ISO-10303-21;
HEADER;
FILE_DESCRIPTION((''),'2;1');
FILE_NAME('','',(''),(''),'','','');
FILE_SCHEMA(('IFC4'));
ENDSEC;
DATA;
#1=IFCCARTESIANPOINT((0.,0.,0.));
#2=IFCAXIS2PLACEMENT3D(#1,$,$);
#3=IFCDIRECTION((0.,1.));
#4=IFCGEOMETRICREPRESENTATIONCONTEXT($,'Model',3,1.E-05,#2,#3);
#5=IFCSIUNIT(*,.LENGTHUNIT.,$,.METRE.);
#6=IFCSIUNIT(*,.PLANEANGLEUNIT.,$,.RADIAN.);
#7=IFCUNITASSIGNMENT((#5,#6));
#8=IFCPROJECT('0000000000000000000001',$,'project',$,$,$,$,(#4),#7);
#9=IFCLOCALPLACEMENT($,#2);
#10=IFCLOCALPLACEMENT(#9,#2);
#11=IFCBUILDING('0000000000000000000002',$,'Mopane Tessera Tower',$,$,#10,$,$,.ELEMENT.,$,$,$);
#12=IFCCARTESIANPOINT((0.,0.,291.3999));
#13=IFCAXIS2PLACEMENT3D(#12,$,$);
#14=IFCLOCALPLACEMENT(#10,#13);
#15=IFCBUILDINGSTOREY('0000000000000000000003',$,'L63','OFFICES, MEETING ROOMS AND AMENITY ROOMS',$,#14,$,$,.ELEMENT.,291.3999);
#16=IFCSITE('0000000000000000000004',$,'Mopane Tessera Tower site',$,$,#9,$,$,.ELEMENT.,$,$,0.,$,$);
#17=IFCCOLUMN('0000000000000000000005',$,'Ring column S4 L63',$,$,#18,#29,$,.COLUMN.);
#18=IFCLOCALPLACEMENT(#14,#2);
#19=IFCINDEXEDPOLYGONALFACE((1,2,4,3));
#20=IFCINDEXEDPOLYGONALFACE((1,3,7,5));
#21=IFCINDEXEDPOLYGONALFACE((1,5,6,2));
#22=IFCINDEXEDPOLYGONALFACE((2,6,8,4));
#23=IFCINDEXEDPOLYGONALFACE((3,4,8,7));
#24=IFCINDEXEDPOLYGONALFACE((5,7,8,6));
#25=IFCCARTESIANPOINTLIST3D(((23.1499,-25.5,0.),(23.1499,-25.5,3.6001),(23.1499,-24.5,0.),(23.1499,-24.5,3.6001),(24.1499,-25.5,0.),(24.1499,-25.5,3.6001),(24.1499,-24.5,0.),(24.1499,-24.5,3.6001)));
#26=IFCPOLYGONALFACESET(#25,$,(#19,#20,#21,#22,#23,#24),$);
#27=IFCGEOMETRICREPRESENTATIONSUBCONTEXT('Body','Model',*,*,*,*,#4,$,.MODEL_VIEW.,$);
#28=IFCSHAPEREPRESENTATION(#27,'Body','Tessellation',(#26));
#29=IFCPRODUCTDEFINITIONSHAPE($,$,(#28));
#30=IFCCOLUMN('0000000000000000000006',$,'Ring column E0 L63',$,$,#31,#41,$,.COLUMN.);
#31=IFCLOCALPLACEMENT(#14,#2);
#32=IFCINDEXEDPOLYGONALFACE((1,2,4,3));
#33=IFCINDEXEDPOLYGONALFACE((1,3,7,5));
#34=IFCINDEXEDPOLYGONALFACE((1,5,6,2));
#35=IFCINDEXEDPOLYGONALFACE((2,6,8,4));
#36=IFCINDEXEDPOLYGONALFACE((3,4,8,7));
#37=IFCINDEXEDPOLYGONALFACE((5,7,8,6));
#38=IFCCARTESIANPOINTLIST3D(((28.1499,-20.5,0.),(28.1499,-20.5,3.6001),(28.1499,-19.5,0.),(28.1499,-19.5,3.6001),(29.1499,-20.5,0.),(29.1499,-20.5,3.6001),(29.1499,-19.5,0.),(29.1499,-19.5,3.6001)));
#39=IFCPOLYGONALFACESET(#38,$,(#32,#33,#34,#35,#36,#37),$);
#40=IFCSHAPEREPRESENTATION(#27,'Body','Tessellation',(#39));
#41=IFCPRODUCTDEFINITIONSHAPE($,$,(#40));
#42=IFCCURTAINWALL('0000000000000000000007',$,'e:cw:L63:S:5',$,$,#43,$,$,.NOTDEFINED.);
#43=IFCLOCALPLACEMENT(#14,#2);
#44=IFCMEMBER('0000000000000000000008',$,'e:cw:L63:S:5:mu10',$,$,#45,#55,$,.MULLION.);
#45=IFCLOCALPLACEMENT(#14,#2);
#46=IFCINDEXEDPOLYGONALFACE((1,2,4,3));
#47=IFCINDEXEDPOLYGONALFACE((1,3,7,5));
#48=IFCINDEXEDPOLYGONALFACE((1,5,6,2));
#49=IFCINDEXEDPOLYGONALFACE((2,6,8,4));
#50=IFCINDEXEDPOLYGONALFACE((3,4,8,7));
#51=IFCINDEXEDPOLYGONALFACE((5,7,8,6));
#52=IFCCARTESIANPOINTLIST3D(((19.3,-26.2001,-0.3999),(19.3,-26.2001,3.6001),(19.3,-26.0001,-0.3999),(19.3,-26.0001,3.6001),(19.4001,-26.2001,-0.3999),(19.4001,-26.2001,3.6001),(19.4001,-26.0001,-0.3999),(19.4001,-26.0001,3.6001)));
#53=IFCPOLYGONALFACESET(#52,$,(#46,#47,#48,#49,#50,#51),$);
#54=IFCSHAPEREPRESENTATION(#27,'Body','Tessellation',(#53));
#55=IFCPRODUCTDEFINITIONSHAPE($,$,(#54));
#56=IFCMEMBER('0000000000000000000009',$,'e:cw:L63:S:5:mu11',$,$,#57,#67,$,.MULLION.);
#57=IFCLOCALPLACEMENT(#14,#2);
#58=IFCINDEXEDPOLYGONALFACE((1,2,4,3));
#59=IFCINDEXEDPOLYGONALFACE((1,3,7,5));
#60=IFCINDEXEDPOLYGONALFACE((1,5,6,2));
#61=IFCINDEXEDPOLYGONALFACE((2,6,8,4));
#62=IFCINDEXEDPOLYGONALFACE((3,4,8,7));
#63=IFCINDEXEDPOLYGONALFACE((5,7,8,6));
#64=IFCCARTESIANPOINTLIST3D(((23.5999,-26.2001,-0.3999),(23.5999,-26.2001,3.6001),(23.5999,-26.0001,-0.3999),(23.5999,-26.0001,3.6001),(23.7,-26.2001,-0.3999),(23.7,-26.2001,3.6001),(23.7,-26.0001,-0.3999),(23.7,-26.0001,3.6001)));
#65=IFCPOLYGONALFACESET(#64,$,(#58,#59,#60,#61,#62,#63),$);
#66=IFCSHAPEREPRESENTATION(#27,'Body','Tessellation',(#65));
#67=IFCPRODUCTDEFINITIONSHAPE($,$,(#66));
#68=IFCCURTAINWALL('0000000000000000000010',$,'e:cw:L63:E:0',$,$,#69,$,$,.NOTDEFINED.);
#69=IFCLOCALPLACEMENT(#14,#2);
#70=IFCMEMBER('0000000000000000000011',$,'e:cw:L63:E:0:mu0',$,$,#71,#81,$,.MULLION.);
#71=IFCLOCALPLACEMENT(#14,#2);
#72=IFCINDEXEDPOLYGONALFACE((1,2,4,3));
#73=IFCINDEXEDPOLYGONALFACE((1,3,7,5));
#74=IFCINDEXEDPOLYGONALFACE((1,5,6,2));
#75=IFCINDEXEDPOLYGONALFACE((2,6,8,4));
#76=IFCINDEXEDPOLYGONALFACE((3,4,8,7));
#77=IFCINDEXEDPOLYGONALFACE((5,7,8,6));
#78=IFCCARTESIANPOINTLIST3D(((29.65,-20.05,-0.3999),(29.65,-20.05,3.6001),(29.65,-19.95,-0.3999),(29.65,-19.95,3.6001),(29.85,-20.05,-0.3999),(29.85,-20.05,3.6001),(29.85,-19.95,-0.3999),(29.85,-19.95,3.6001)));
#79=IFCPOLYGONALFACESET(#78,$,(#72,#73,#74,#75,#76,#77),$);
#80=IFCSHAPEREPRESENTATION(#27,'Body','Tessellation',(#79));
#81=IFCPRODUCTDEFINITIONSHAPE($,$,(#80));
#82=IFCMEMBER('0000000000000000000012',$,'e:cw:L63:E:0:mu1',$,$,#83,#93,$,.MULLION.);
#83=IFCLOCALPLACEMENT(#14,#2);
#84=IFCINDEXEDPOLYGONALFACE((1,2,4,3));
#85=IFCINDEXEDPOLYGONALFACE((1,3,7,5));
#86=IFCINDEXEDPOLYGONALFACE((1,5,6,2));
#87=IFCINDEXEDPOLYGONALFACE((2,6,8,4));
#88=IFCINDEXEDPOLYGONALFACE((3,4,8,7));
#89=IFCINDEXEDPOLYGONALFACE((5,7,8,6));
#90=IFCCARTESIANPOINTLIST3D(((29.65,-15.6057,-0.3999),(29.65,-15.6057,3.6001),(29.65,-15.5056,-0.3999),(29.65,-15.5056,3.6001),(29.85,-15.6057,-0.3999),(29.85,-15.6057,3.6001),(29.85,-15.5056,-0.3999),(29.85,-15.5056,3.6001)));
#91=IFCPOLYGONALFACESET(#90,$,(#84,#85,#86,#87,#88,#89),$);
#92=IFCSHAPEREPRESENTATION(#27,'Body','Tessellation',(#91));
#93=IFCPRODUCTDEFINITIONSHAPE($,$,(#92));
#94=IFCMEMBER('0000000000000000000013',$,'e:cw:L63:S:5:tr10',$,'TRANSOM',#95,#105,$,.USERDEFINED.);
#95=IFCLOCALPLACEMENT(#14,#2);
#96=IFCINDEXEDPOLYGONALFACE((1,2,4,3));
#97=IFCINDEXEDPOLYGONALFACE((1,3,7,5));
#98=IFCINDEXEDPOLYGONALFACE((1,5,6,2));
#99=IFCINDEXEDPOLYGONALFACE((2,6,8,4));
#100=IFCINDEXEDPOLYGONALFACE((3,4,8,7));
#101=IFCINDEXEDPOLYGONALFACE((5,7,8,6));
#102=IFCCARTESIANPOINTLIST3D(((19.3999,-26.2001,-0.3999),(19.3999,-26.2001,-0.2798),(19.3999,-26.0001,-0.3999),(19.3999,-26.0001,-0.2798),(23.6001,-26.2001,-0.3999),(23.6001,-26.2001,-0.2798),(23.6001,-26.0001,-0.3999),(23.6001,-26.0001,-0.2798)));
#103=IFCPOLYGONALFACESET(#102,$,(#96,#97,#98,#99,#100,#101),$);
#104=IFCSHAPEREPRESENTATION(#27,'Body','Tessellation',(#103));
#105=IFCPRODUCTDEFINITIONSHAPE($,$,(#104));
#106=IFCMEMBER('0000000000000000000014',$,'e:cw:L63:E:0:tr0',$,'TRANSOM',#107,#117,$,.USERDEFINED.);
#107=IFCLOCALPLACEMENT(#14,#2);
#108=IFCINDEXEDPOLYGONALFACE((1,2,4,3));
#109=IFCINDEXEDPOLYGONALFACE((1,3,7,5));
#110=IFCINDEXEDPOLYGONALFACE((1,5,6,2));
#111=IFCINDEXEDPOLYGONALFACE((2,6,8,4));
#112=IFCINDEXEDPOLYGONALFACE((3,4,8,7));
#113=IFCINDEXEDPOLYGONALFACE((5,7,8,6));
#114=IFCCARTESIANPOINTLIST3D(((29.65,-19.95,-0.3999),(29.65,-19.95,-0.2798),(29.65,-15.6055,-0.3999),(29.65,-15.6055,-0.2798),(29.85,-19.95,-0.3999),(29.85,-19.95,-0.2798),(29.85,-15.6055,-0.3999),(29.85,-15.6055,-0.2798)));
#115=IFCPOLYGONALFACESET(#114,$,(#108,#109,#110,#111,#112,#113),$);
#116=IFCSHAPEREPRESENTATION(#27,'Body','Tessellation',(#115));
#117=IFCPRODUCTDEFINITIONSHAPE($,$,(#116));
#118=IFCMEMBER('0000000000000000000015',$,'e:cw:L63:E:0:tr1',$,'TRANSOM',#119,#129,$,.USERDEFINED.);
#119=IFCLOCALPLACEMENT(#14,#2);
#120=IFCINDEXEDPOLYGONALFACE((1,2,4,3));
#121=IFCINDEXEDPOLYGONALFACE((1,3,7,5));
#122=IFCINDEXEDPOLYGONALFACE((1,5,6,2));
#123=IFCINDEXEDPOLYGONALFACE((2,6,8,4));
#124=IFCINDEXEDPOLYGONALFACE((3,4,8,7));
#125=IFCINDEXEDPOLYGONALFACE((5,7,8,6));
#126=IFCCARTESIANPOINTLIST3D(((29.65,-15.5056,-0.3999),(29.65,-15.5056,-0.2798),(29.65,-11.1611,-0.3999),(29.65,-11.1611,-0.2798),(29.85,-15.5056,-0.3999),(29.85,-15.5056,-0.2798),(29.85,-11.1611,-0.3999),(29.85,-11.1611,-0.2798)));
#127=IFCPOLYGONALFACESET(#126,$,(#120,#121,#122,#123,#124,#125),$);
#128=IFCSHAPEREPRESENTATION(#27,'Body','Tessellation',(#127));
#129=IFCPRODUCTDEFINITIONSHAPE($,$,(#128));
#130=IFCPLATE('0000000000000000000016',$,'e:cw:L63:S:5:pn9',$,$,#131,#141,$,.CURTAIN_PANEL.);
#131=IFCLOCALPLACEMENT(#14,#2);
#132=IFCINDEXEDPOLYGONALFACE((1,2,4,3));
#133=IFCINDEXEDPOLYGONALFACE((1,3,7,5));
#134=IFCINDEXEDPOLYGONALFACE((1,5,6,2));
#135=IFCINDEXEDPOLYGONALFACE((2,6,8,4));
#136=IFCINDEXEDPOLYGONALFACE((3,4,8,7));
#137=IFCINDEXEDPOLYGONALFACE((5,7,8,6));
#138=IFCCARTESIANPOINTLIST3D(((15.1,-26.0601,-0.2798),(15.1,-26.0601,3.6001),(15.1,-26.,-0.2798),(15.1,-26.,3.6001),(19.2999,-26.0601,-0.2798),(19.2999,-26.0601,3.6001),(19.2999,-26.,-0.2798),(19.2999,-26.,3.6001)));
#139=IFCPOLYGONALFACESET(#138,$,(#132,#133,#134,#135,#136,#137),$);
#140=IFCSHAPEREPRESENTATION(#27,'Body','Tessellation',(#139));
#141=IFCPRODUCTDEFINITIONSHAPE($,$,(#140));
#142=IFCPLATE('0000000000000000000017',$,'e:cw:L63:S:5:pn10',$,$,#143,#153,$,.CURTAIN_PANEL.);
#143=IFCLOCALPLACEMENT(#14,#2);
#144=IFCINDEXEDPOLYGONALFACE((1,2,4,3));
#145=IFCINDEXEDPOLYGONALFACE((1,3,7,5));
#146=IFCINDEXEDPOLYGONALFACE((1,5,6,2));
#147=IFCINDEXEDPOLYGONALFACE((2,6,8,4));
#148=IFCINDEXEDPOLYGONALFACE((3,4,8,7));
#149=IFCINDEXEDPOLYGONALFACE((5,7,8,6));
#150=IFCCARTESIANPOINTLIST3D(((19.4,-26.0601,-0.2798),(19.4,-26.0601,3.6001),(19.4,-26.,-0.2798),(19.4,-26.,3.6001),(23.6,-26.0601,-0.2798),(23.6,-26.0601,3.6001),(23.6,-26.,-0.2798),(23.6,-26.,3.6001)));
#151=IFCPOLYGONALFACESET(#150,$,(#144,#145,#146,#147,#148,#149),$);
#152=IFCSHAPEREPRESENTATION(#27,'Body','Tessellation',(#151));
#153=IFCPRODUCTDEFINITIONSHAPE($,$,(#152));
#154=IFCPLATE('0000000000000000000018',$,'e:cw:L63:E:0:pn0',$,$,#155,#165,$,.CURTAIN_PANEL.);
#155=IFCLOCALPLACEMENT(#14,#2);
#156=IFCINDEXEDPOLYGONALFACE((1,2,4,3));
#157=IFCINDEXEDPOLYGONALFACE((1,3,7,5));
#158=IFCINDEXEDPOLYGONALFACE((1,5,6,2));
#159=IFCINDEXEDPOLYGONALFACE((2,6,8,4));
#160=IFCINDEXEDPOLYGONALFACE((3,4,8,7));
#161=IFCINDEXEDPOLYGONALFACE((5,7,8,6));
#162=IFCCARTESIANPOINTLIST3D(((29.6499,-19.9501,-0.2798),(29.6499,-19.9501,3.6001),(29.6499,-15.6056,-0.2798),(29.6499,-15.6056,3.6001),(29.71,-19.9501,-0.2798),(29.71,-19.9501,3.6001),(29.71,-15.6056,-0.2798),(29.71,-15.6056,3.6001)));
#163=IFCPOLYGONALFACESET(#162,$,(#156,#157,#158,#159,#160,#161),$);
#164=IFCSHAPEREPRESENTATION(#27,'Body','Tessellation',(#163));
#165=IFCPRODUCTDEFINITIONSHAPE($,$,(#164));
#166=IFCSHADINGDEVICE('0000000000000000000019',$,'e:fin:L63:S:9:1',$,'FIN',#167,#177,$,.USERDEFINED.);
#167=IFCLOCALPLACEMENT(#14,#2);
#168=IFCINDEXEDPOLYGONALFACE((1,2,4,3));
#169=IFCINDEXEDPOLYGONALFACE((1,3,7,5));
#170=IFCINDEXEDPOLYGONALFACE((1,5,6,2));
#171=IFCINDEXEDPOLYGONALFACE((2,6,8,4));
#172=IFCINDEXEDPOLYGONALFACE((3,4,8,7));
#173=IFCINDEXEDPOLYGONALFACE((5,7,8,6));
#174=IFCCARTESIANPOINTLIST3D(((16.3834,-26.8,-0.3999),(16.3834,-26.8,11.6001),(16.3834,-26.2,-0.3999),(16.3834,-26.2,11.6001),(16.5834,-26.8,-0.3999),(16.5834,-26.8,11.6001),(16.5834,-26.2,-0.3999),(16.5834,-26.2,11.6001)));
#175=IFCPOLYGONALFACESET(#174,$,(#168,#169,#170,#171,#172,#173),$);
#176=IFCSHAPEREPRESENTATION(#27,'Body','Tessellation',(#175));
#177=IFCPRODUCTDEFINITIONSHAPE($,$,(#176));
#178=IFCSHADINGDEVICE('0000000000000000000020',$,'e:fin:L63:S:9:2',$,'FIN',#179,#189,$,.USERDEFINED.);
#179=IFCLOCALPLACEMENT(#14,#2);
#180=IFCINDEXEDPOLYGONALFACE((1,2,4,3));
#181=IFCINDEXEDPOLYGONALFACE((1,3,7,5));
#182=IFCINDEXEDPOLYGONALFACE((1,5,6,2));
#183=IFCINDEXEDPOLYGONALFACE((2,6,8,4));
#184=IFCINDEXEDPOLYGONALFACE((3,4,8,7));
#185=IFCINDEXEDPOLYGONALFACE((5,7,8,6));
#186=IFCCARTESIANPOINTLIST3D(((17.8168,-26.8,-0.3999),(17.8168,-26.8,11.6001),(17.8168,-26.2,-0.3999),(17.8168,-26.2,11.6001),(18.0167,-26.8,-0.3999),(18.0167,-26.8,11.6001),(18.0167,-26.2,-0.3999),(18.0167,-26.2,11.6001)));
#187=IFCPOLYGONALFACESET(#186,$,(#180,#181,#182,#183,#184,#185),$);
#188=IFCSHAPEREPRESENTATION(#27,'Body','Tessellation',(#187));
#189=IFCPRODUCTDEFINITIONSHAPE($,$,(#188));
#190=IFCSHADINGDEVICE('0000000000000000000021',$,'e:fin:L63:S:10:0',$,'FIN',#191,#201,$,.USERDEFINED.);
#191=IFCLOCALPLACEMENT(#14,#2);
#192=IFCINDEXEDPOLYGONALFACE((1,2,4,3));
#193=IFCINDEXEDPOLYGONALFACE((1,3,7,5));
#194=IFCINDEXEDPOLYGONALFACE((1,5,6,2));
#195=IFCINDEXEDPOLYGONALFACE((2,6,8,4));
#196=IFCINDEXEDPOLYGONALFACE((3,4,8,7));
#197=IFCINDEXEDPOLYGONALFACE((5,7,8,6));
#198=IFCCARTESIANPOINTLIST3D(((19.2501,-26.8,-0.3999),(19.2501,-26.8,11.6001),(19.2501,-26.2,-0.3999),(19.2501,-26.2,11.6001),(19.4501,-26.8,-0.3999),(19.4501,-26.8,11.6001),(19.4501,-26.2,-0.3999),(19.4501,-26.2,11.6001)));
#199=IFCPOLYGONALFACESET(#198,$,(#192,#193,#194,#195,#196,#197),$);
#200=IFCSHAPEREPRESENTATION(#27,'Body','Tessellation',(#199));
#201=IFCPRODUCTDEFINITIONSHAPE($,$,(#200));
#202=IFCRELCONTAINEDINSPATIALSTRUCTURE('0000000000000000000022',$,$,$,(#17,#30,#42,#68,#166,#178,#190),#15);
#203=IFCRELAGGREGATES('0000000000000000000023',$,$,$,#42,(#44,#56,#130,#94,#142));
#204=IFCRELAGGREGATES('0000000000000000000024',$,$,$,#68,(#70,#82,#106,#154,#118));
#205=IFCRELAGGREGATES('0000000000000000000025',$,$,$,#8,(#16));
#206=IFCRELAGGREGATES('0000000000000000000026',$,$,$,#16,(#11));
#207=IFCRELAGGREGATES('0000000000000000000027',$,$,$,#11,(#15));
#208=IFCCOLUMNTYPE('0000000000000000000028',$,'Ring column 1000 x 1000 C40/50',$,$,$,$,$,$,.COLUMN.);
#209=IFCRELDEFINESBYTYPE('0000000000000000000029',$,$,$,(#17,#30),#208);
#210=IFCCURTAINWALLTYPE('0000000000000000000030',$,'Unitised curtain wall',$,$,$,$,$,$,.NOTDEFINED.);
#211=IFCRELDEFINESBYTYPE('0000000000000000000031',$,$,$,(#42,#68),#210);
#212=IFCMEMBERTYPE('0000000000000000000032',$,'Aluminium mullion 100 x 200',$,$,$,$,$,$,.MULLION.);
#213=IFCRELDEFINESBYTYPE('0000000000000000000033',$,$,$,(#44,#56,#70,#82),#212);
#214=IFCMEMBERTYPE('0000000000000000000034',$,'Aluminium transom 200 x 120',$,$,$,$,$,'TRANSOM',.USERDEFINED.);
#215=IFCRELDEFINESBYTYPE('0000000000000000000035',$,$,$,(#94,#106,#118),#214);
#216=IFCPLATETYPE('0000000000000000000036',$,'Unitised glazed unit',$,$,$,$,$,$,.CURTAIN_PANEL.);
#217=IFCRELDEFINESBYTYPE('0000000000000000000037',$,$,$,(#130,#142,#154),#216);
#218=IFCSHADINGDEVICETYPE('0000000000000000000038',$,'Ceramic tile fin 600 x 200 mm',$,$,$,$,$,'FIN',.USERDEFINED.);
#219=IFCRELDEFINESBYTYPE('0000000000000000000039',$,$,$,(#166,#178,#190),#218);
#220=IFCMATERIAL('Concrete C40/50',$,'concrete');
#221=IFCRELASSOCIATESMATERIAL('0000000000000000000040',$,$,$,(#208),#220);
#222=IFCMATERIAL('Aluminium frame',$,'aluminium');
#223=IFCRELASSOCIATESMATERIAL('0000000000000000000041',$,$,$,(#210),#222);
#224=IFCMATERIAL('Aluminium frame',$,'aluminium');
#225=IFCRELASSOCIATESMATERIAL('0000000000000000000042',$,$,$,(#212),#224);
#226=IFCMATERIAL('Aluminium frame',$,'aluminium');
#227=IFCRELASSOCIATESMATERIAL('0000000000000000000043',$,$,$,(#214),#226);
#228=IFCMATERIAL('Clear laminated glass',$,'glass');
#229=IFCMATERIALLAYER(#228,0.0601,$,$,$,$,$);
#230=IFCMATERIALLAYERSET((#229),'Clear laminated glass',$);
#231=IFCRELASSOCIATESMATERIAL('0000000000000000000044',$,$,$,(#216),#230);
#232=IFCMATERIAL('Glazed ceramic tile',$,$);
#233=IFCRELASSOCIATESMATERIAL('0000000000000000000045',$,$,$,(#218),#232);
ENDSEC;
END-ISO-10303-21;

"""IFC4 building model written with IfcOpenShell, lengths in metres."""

from ifc_helpers import new_model, si_unit, direction, frame, origin, origin_2d, place, context, subcontext, project, spatial, rectangle, extrude, material, layer, layer_set, material_profile, profile_set, type_object, element, aggregate, save


model = new_model("IFC4")

# Units and contexts
model_context = context("Model", 3, precision=1e-05, world=origin(), true_north=direction((0.0, 1.0)))
body_context = subcontext(model_context, "Body", "Model", "MODEL_VIEW")
ifc_project = project(units=[si_unit("LENGTHUNIT", "METRE"), si_unit("PLANEANGLEUNIT", "RADIAN")], contexts=[model_context])

# Site, building, storey
site_placement = place(None, origin())
site = spatial("IfcSite", under=ifc_project, at=site_placement, Name="Mopane Tessera Tower site", CompositionType="ELEMENT", RefElevation=0.0)
building_placement = place(site_placement, origin())
building = spatial("IfcBuilding", under=site, at=building_placement, Name="Mopane Tessera Tower", CompositionType="ELEMENT")
storey_placement = place(building_placement, frame((0.0, 0.0, 291.3999)))
storey = spatial("IfcBuildingStorey", under=building, at=storey_placement, Name="L63", Description="OFFICES, MEETING ROOMS AND AMENITY ROOMS", CompositionType="ELEMENT", Elevation=291.3999)

# Columns
ifc_material_1 = material(Name="Concrete C40/50", Category="concrete")
ifc_material_profile_1 = material_profile(ifc_material_1, rectangle(XDim=1.0, YDim=1.0, at=origin_2d()))
ifc_profile_set_1 = profile_set([ifc_material_profile_1], Name="Concrete C40/50")
column_type = type_object("IfcColumnType", Name="Ring column 1000 x 1000 C40/50", PredefinedType="COLUMN", material=ifc_profile_set_1)
for number, where, z_axis, x_axis, name in (
    (1, (23.6499, -25.0, 0.0), (0.0, 0.0, 1.0), (1.0, 0.0, 0.0), "Ring column S4 L63"),
    (2, (28.6499, -20.0, 0.0), (0.0, 0.0, 1.0), (1.0, 0.0, 0.0), "Ring column E0 L63"),
):
    element("IfcColumn", number, at=place(storey_placement, frame(where, z_axis=z_axis, x_axis=x_axis)), inside=storey, type_object=column_type, Name=name, PredefinedType="COLUMN", context=body_context, shape_type="SweptSolid", body=[
        extrude(rectangle(XDim=1.0, YDim=1.0, at=origin_2d()), origin(), (0.0, 0.0, 1.0), 3.6001),
    ])

# Curtain walls, members
ifc_material_2 = material(Name="Aluminium frame", Category="aluminium")
curtain_wall_type = type_object("IfcCurtainWallType", Name="Unitised curtain wall", PredefinedType="NOTDEFINED", material=ifc_material_2)
curtain_wall_1_placement = place(storey_placement, origin())
curtain_wall_1 = element("IfcCurtainWall", 3, at=curtain_wall_1_placement, inside=storey, type_object=curtain_wall_type, Name="e:cw:L63:S:5", PredefinedType="NOTDEFINED")
ifc_material_3 = material(Name="Aluminium frame", Category="aluminium")
ifc_material_profile_2 = material_profile(ifc_material_3, rectangle(XDim=0.1001, YDim=0.2, at=origin_2d()))
ifc_profile_set_2 = profile_set([ifc_material_profile_2], Name="Aluminium frame")
member_type_1 = type_object("IfcMemberType", Name="Aluminium mullion 100 x 200", PredefinedType="MULLION", material=ifc_profile_set_2)
member_1_placement = place(storey_placement, frame((19.3501, -26.1001, -0.3999), z_axis=(0.0, 0.0, 1.0), x_axis=(1.0, 0.0, 0.0)))
member_1 = element("IfcMember", 4, at=member_1_placement, type_object=member_type_1, Name="e:cw:L63:S:5:mu10", PredefinedType="MULLION", context=body_context, shape_type="SweptSolid", body=[
    extrude(rectangle(XDim=0.1001, YDim=0.2, at=origin_2d()), origin(), (0.0, 0.0, 1.0), 4.0),
])
member_2_placement = place(storey_placement, frame((23.6499, -26.1001, -0.3999), z_axis=(0.0, 0.0, 1.0), x_axis=(1.0, 0.0, 0.0)))
member_2 = element("IfcMember", 5, at=member_2_placement, type_object=member_type_1, Name="e:cw:L63:S:5:mu11", PredefinedType="MULLION", context=body_context, shape_type="SweptSolid", body=[
    extrude(rectangle(XDim=0.1001, YDim=0.2, at=origin_2d()), origin(), (0.0, 0.0, 1.0), 4.0),
])
curtain_wall_2_placement = place(storey_placement, origin())
curtain_wall_2 = element("IfcCurtainWall", 6, at=curtain_wall_2_placement, inside=storey, type_object=curtain_wall_type, Name="e:cw:L63:E:0", PredefinedType="NOTDEFINED")
member_3_placement = place(storey_placement, frame((29.75, -20.0, -0.3999), z_axis=(0.0, 0.0, 1.0), x_axis=(0.0, 1.0, 0.0)))
member_3 = element("IfcMember", 7, at=member_3_placement, type_object=member_type_1, Name="e:cw:L63:E:0:mu0", PredefinedType="MULLION", context=body_context, shape_type="SweptSolid", body=[
    extrude(rectangle(XDim=0.1001, YDim=0.2, at=origin_2d()), origin(), (0.0, 0.0, 1.0), 4.0),
])
member_4_placement = place(storey_placement, frame((29.75, -15.5557, -0.3999), z_axis=(0.0, 0.0, 1.0), x_axis=(0.0, 1.0, 0.0)))
member_4 = element("IfcMember", 8, at=member_4_placement, type_object=member_type_1, Name="e:cw:L63:E:0:mu1", PredefinedType="MULLION", context=body_context, shape_type="SweptSolid", body=[
    extrude(rectangle(XDim=0.1001, YDim=0.2, at=origin_2d()), origin(), (0.0, 0.0, 1.0), 4.0),
])

# Members
ifc_material_4 = material(Name="Aluminium frame", Category="aluminium")
ifc_material_profile_3 = material_profile(ifc_material_4, rectangle(XDim=0.2, YDim=0.1201, at=origin_2d()))
ifc_profile_set_3 = profile_set([ifc_material_profile_3], Name="Aluminium frame")
member_type_2 = type_object("IfcMemberType", Name="Aluminium transom 200 x 120", ElementType="TRANSOM", PredefinedType="USERDEFINED", material=ifc_profile_set_3)
member_5_placement = place(storey_placement, frame((19.3999, -26.1001, -0.3398), z_axis=(1.0, 0.0, 0.0), x_axis=(0.0, 1.0, 0.0)))
member_5 = element("IfcMember", 9, at=member_5_placement, type_object=member_type_2, Name="e:cw:L63:S:5:tr10", ObjectType="TRANSOM", PredefinedType="USERDEFINED", context=body_context, shape_type="SweptSolid", body=[
    extrude(rectangle(XDim=0.2, YDim=0.1201, at=origin_2d()), origin(), (0.0, 0.0, 1.0), 4.2002),
])
member_6_placement = place(storey_placement, frame((29.75, -19.95, -0.3398), z_axis=(0.0, 1.0, 0.0), x_axis=(-1.0, 0.0, 0.0)))
member_6 = element("IfcMember", 10, at=member_6_placement, type_object=member_type_2, Name="e:cw:L63:E:0:tr0", ObjectType="TRANSOM", PredefinedType="USERDEFINED", context=body_context, shape_type="SweptSolid", body=[
    extrude(rectangle(XDim=0.2, YDim=0.1201, at=origin_2d()), origin(), (0.0, 0.0, 1.0), 4.3445),
])
member_7_placement = place(storey_placement, frame((29.75, -15.5056, -0.3398), z_axis=(0.0, 1.0, 0.0), x_axis=(-1.0, 0.0, 0.0)))
member_7 = element("IfcMember", 11, at=member_7_placement, type_object=member_type_2, Name="e:cw:L63:E:0:tr1", ObjectType="TRANSOM", PredefinedType="USERDEFINED", context=body_context, shape_type="SweptSolid", body=[
    extrude(rectangle(XDim=0.2, YDim=0.1201, at=origin_2d()), origin(), (0.0, 0.0, 1.0), 4.3445),
])

# Plates
ifc_material_5 = material(Name="Clear laminated glass", Category="glass")
ifc_layer = layer(ifc_material_5, 0.0601)
ifc_layer_set = layer_set([ifc_layer], Name="Clear laminated glass")
plate_type = type_object("IfcPlateType", Name="Unitised glazed unit", PredefinedType="CURTAIN_PANEL", material=ifc_layer_set)
plate_1_placement = place(storey_placement, frame((17.2, -26.03, -0.2798), z_axis=(0.0, 0.0, 1.0), x_axis=(1.0, 0.0, 0.0)))
plate_1 = element("IfcPlate", 12, at=plate_1_placement, type_object=plate_type, Name="e:cw:L63:S:5:pn9", PredefinedType="CURTAIN_PANEL", context=body_context, shape_type="SweptSolid", body=[
    extrude(rectangle(XDim=4.2, YDim=0.0601, at=origin_2d()), origin(), (0.0, 0.0, 1.0), 3.8799),
])
plate_2_placement = place(storey_placement, frame((21.5, -26.03, -0.2798), z_axis=(0.0, 0.0, 1.0), x_axis=(1.0, 0.0, 0.0)))
plate_2 = element("IfcPlate", 13, at=plate_2_placement, type_object=plate_type, Name="e:cw:L63:S:5:pn10", PredefinedType="CURTAIN_PANEL", context=body_context, shape_type="SweptSolid", body=[
    extrude(rectangle(XDim=4.2, YDim=0.0601, at=origin_2d()), origin(), (0.0, 0.0, 1.0), 3.8799),
])
aggregate(curtain_wall_1, [member_1, member_2, plate_1, member_5, plate_2])
plate_3_placement = place(storey_placement, frame((29.6799, -17.7778, -0.2798), z_axis=(0.0, 0.0, 1.0), x_axis=(0.0, 1.0, 0.0)))
plate_3 = element("IfcPlate", 14, at=plate_3_placement, type_object=plate_type, Name="e:cw:L63:E:0:pn0", PredefinedType="CURTAIN_PANEL", context=body_context, shape_type="SweptSolid", body=[
    extrude(rectangle(XDim=4.3445, YDim=0.0601, at=origin_2d()), origin(), (0.0, 0.0, 1.0), 3.8799),
])
aggregate(curtain_wall_2, [member_3, member_4, member_6, plate_3, member_7])

# Shading devices
ifc_material_6 = material(Name="Glazed ceramic tile")
shading_device_type = type_object("IfcShadingDeviceType", Name="Ceramic tile fin 600 x 200 mm", ElementType="FIN", PredefinedType="USERDEFINED", material=ifc_material_6)
for number, where, z_axis, x_axis, name in (
    (15, (16.4834, -26.5, -0.3999), (0.0, 0.0, 1.0), (1.0, 0.0, 0.0), "e:fin:L63:S:9:1"),
    (16, (17.9167, -26.5, -0.3999), (0.0, 0.0, 1.0), (1.0, 0.0, 0.0), "e:fin:L63:S:9:2"),
    (17, (19.3501, -26.5, -0.3999), (0.0, 0.0, 1.0), (1.0, 0.0, 0.0), "e:fin:L63:S:10:0"),
):
    element("IfcShadingDevice", number, at=place(storey_placement, frame(where, z_axis=z_axis, x_axis=x_axis)), inside=storey, type_object=shading_device_type, Name=name, ObjectType="FIN", PredefinedType="USERDEFINED", context=body_context, shape_type="SweptSolid", body=[
        extrude(rectangle(XDim=0.2, YDim=0.6001, at=origin_2d()), origin(), (0.0, 0.0, 1.0), 12.0),
    ])

save(model, "model.ifc")
